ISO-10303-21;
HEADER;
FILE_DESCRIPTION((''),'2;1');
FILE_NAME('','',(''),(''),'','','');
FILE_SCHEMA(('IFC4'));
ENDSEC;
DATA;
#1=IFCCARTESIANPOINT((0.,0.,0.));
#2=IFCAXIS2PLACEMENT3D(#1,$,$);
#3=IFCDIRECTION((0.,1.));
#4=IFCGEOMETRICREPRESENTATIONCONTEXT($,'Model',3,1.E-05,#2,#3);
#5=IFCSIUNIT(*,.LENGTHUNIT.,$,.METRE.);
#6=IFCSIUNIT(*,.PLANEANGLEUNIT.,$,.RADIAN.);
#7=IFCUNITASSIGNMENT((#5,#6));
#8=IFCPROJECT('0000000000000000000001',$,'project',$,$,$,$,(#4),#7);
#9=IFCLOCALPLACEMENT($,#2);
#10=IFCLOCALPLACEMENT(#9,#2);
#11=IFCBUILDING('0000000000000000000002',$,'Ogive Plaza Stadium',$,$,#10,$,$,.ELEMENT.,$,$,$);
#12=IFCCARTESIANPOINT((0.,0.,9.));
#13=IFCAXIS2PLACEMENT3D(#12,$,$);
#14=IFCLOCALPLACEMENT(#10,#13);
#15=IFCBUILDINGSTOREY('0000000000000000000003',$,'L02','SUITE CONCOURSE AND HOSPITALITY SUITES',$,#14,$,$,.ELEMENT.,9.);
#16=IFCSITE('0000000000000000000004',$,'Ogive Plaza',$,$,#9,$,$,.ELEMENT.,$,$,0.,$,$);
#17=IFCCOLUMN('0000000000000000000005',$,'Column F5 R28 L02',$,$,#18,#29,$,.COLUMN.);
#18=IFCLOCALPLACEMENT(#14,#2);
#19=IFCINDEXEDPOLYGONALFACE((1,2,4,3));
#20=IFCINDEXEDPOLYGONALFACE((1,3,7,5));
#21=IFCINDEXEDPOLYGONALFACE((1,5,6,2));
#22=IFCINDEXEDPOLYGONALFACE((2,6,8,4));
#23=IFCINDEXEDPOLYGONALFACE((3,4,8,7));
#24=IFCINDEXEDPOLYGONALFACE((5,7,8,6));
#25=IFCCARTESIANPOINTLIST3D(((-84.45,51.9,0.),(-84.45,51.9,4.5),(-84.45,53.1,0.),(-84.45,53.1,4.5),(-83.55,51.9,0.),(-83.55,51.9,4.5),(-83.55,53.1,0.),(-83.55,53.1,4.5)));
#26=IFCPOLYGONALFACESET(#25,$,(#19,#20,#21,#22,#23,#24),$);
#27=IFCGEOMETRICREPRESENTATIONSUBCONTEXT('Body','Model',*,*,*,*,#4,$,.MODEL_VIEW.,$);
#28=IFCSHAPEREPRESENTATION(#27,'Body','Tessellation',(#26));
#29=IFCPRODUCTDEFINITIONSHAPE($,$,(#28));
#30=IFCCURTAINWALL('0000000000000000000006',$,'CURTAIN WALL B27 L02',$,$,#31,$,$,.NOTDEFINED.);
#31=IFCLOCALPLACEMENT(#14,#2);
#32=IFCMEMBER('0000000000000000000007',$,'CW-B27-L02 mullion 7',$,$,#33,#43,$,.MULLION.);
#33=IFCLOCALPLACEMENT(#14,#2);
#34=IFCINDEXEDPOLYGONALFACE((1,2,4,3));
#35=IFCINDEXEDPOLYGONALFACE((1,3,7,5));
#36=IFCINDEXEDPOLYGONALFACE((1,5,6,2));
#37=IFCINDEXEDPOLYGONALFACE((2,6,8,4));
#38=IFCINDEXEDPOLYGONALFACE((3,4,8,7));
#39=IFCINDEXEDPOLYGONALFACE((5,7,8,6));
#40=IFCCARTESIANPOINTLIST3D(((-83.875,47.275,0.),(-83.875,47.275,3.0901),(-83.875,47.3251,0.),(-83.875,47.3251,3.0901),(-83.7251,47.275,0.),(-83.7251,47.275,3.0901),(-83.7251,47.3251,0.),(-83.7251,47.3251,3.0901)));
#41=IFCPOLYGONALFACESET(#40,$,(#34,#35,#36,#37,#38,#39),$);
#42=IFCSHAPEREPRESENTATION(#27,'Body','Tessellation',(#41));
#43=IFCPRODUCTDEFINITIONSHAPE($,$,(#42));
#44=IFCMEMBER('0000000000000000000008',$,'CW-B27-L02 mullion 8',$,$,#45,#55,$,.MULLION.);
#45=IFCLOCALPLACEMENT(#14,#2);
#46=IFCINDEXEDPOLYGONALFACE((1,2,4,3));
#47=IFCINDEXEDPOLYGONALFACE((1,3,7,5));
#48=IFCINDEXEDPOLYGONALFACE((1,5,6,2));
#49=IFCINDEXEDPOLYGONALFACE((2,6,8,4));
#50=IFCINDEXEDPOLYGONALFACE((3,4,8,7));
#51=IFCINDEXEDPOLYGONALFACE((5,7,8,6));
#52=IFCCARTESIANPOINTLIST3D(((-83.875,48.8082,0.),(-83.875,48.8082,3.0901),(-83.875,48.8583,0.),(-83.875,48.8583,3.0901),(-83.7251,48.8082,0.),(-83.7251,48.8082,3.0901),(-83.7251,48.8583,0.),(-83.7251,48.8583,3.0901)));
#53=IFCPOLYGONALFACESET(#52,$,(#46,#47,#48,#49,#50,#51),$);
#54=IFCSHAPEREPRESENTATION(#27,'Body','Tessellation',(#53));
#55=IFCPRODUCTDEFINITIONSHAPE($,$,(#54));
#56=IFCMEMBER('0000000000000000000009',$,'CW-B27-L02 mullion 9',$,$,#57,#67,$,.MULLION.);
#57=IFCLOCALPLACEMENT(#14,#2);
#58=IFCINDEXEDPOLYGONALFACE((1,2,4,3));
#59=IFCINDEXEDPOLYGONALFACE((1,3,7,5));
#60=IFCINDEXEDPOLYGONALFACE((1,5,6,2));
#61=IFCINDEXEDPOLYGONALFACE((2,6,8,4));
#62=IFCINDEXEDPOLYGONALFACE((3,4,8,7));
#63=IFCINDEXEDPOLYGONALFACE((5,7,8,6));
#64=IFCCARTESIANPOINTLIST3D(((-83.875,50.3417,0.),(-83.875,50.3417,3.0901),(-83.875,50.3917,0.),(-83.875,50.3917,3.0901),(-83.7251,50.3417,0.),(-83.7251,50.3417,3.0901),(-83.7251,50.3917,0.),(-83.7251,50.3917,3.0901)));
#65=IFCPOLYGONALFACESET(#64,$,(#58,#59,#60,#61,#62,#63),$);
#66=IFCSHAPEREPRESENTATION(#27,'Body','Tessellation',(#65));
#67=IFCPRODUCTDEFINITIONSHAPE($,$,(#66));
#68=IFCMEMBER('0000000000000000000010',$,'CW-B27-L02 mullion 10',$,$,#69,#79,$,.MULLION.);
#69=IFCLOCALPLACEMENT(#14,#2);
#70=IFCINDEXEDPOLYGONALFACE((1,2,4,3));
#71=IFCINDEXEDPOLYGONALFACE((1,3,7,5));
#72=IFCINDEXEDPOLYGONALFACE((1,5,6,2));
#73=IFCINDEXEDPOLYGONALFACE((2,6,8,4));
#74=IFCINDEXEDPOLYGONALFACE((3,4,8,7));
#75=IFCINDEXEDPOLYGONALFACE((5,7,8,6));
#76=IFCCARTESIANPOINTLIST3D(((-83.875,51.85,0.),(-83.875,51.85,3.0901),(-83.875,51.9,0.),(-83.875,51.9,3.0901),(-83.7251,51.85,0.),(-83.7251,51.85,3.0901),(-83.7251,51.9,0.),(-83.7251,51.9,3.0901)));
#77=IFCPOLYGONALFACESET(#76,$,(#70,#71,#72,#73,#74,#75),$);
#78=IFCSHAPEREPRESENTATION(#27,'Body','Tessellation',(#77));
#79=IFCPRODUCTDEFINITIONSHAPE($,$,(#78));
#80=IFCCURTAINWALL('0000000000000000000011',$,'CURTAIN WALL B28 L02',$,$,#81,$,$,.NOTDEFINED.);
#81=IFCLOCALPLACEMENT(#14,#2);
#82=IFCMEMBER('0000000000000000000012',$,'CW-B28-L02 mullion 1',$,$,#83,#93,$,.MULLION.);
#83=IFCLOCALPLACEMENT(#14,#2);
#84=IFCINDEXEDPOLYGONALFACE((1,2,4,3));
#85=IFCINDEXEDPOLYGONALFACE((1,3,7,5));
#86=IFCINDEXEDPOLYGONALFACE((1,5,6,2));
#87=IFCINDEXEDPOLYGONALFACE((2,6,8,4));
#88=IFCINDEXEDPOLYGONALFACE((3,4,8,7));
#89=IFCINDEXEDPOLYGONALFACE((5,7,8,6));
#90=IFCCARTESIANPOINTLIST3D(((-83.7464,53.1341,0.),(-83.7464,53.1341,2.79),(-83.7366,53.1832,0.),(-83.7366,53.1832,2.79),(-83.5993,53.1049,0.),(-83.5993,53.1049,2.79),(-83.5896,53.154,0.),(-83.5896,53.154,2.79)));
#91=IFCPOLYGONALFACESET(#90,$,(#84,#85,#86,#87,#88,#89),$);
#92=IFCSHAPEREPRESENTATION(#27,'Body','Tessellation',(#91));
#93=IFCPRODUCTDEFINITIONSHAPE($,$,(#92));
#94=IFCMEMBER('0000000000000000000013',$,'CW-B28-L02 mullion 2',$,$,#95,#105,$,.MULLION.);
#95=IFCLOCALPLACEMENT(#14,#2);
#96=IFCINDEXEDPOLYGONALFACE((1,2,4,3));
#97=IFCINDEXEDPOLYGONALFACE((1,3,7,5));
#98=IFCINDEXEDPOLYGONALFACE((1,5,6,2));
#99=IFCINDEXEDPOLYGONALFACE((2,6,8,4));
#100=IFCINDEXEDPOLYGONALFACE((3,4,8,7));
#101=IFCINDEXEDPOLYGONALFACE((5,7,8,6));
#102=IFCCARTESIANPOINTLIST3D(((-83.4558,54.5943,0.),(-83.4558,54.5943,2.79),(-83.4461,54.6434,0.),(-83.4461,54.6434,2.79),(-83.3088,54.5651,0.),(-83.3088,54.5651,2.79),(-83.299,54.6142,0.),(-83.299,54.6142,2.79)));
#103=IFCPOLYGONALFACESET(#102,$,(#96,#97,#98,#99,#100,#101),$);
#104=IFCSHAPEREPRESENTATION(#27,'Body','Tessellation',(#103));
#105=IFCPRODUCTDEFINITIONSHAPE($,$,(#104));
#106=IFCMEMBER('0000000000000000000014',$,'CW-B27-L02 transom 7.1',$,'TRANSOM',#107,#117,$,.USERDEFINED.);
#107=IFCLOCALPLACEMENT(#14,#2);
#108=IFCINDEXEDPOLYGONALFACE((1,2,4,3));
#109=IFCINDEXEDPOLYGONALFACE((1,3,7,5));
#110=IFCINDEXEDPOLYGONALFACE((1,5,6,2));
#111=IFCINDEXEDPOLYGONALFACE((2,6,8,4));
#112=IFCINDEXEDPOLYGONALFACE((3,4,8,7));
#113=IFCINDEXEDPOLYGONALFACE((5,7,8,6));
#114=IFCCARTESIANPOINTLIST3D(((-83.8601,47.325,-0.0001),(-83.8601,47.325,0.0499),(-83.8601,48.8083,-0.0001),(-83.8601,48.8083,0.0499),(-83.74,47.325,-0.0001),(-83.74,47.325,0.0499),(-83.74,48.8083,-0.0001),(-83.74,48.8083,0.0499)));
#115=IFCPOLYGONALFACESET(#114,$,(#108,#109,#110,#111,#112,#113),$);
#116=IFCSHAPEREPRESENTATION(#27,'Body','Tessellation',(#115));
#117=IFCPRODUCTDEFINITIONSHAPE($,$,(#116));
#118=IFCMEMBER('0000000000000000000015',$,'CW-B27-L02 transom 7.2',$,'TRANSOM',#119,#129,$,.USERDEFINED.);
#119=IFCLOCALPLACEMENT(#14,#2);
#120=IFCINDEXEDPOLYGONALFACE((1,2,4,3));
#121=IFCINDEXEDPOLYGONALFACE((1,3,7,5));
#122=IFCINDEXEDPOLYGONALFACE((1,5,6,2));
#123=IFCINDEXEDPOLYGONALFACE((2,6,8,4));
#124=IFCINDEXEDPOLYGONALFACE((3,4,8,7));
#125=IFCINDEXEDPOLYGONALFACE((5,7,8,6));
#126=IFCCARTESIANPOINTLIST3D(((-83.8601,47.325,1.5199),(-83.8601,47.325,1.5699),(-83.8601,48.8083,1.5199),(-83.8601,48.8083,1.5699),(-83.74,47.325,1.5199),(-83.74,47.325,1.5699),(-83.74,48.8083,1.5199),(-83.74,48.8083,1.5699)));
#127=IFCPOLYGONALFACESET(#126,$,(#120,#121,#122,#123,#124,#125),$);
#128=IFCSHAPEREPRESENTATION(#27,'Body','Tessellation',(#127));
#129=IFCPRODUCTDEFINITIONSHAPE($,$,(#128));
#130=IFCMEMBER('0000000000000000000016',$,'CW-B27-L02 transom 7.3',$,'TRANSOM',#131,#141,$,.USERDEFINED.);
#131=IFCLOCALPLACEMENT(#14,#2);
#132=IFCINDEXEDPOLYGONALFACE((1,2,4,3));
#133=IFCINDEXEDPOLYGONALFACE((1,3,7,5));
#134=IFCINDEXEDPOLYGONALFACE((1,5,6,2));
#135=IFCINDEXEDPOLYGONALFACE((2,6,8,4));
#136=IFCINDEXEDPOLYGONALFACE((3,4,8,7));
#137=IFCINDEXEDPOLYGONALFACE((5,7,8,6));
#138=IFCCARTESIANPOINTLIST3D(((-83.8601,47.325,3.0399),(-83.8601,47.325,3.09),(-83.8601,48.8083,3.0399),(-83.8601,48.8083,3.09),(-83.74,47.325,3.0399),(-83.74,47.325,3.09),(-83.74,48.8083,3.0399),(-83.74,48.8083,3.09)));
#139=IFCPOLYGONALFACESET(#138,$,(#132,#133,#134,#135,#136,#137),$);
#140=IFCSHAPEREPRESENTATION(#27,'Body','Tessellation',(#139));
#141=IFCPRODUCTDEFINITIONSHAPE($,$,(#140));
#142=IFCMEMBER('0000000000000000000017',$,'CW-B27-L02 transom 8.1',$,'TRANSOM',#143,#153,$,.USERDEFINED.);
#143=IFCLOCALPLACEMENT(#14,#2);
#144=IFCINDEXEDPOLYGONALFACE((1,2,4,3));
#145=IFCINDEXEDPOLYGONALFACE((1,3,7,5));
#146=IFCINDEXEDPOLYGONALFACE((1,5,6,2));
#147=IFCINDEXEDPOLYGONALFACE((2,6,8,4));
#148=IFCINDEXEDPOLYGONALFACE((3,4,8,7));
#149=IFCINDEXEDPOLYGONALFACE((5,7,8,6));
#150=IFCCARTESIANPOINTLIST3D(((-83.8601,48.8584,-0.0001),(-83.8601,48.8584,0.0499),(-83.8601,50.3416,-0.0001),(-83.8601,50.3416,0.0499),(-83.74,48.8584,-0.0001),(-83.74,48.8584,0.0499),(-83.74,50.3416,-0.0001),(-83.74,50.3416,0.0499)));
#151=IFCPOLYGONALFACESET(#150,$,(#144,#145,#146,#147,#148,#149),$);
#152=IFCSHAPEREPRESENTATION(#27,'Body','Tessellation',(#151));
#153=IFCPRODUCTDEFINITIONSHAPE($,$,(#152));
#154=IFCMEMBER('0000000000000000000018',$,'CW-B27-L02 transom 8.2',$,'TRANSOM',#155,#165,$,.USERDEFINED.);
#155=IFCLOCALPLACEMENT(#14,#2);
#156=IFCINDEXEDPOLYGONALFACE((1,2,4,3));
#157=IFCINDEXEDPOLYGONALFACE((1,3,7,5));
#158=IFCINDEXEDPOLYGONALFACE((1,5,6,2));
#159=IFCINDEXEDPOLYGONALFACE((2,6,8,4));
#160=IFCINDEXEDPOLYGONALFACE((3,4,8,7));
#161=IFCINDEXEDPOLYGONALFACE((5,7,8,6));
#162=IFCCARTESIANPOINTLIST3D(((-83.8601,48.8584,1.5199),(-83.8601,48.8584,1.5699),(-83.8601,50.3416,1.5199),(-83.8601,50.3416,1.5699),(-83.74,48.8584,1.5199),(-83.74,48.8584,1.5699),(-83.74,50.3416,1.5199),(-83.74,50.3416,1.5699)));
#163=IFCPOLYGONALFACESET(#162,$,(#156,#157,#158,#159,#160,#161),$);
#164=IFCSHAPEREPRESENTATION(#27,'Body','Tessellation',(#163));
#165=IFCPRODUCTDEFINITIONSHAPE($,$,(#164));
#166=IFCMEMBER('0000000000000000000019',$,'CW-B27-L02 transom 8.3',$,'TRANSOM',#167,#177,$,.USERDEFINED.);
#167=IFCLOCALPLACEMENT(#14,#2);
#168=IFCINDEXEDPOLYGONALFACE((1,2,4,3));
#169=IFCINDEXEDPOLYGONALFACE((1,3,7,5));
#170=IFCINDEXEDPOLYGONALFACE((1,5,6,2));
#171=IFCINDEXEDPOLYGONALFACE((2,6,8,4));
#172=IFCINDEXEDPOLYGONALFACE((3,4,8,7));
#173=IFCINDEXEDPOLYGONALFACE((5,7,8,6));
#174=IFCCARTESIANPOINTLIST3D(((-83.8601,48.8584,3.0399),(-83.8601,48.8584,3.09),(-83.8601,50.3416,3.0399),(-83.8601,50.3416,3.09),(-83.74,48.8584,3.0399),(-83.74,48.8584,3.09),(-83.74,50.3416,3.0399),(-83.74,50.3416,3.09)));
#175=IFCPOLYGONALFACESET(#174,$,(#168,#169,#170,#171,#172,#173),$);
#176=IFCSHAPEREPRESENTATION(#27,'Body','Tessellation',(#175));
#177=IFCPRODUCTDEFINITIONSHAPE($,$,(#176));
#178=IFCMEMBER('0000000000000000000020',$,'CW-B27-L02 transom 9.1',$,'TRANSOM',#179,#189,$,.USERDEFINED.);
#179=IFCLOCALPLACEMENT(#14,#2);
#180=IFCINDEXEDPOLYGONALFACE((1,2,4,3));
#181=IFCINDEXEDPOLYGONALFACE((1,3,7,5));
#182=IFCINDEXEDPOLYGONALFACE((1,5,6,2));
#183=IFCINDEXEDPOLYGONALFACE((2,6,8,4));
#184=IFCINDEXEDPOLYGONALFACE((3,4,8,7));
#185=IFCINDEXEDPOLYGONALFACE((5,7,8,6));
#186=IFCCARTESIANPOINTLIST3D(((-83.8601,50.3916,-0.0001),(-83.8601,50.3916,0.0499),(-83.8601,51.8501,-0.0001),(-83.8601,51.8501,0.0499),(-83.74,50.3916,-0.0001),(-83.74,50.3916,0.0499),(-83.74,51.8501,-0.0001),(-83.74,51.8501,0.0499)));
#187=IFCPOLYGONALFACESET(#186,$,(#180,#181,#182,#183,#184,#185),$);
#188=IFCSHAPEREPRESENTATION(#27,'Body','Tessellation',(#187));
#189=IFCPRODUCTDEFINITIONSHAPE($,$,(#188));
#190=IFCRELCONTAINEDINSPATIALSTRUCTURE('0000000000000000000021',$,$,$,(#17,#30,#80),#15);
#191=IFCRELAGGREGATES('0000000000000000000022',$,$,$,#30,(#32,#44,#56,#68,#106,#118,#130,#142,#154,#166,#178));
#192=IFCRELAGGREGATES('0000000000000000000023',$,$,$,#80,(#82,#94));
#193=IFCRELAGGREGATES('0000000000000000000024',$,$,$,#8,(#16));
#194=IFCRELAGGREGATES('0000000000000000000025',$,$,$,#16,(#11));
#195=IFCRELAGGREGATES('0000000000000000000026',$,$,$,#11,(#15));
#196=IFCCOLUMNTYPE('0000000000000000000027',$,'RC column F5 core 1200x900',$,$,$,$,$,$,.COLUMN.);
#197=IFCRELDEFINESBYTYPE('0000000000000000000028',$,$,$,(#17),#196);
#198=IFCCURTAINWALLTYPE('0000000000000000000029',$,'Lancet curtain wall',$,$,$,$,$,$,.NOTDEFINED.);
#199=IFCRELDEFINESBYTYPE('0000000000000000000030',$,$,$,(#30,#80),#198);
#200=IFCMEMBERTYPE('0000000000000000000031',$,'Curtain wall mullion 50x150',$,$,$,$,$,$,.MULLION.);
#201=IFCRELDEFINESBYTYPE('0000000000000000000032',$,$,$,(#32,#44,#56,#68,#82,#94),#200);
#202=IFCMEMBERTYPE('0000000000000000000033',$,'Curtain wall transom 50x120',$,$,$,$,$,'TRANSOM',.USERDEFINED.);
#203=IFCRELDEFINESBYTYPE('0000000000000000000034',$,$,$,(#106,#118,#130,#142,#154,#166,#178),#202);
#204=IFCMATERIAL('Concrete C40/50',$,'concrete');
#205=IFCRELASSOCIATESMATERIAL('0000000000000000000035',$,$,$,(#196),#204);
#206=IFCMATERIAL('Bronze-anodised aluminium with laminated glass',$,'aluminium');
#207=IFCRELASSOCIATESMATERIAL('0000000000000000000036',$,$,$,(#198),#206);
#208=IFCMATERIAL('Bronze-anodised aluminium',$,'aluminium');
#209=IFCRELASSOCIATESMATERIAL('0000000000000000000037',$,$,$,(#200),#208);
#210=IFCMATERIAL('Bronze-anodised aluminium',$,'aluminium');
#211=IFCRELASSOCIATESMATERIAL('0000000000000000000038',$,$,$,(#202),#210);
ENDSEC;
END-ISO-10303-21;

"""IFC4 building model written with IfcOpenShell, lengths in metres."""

from ifc_helpers import new_model, si_unit, direction, frame, origin, origin_2d, place, context, subcontext, project, spatial, rectangle, extrude, material, material_profile, profile_set, type_object, element, aggregate, save


model = new_model("IFC4")

# Units and contexts
model_context = context("Model", 3, precision=1e-05, world=origin(), true_north=direction((0.0, 1.0)))
body_context = subcontext(model_context, "Body", "Model", "MODEL_VIEW")
ifc_project = project(units=[si_unit("LENGTHUNIT", "METRE"), si_unit("PLANEANGLEUNIT", "RADIAN")], contexts=[model_context])

# Site, building, storey
site_placement = place(None, origin())
site = spatial("IfcSite", under=ifc_project, at=site_placement, Name="Ogive Plaza", CompositionType="ELEMENT", RefElevation=0.0)
building_placement = place(site_placement, origin())
building = spatial("IfcBuilding", under=site, at=building_placement, Name="Ogive Plaza Stadium", CompositionType="ELEMENT")
storey_placement = place(building_placement, frame((0.0, 0.0, 9.0)))
storey = spatial("IfcBuildingStorey", under=building, at=storey_placement, Name="L02", Description="SUITE CONCOURSE AND HOSPITALITY SUITES", CompositionType="ELEMENT", Elevation=9.0)

# Column
ifc_material_1 = material(Name="Concrete C40/50", Category="concrete")
ifc_material_profile_1 = material_profile(ifc_material_1, rectangle(XDim=1.2, YDim=0.8999, at=origin_2d()), Name="RC 1200x900")
ifc_profile_set_1 = profile_set([ifc_material_profile_1], Name="Concrete C40/50")
column_type = type_object("IfcColumnType", Name="RC column F5 core 1200x900", PredefinedType="COLUMN", material=ifc_profile_set_1)
column_placement = place(storey_placement, frame((-84.0, 52.5, 0.0), z_axis=(0.0, 0.0, 1.0), x_axis=(0.0, -1.0, 0.0)))
element("IfcColumn", 1, at=column_placement, inside=storey, type_object=column_type, Name="Column F5 R28 L02", PredefinedType="COLUMN", context=body_context, shape_type="SweptSolid", body=[
    extrude(rectangle(XDim=1.2, YDim=0.8999, at=origin_2d()), origin(), (0.0, 0.0, 1.0), 4.5),
])

# Curtain walls, members
ifc_material_2 = material(Name="Bronze-anodised aluminium with laminated glass", Category="aluminium")
curtain_wall_type = type_object("IfcCurtainWallType", Name="Lancet curtain wall", PredefinedType="NOTDEFINED", material=ifc_material_2)
curtain_wall_1_placement = place(storey_placement, origin())
curtain_wall_1 = element("IfcCurtainWall", 2, at=curtain_wall_1_placement, inside=storey, type_object=curtain_wall_type, Name="CURTAIN WALL B27 L02", PredefinedType="NOTDEFINED")
ifc_material_3 = material(Name="Bronze-anodised aluminium", Category="aluminium")
ifc_material_profile_2 = material_profile(ifc_material_3, rectangle(XDim=0.1499, YDim=0.05, at=origin_2d()), Name="AL 150x50")
ifc_profile_set_2 = profile_set([ifc_material_profile_2], Name="Bronze-anodised aluminium")
member_type_1 = type_object("IfcMemberType", Name="Curtain wall mullion 50x150", PredefinedType="MULLION", material=ifc_profile_set_2)
member_1_placement = place(storey_placement, frame((-83.8, 47.3, 0.0), z_axis=(0.0, 0.0, 1.0), x_axis=(-1.0, 0.0, 0.0)))
member_1 = element("IfcMember", 3, at=member_1_placement, type_object=member_type_1, Name="CW-B27-L02 mullion 7", PredefinedType="MULLION", context=body_context, shape_type="SweptSolid", body=[
    extrude(rectangle(XDim=0.1499, YDim=0.05, at=origin_2d()), origin(), (0.0, 0.0, 1.0), 3.0901),
])
member_2_placement = place(storey_placement, frame((-83.8, 48.8333, 0.0), z_axis=(0.0, 0.0, 1.0), x_axis=(-1.0, 0.0, 0.0)))
member_2 = element("IfcMember", 4, at=member_2_placement, type_object=member_type_1, Name="CW-B27-L02 mullion 8", PredefinedType="MULLION", context=body_context, shape_type="SweptSolid", body=[
    extrude(rectangle(XDim=0.1499, YDim=0.05, at=origin_2d()), origin(), (0.0, 0.0, 1.0), 3.0901),
])
member_3_placement = place(storey_placement, frame((-83.8, 50.3667, 0.0), z_axis=(0.0, 0.0, 1.0), x_axis=(-1.0, 0.0, 0.0)))
member_3 = element("IfcMember", 5, at=member_3_placement, type_object=member_type_1, Name="CW-B27-L02 mullion 9", PredefinedType="MULLION", context=body_context, shape_type="SweptSolid", body=[
    extrude(rectangle(XDim=0.1499, YDim=0.05, at=origin_2d()), origin(), (0.0, 0.0, 1.0), 3.0901),
])
member_4_placement = place(storey_placement, frame((-83.8, 51.875, 0.0), z_axis=(0.0, 0.0, 1.0), x_axis=(-1.0, 0.0, 0.0)))
member_4 = element("IfcMember", 6, at=member_4_placement, type_object=member_type_1, Name="CW-B27-L02 mullion 10", PredefinedType="MULLION", context=body_context, shape_type="SweptSolid", body=[
    extrude(rectangle(XDim=0.1499, YDim=0.05, at=origin_2d()), origin(), (0.0, 0.0, 1.0), 3.0901),
])
curtain_wall_2_placement = place(storey_placement, origin())
curtain_wall_2 = element("IfcCurtainWall", 7, at=curtain_wall_2_placement, inside=storey, type_object=curtain_wall_type, Name="CURTAIN WALL B28 L02", PredefinedType="NOTDEFINED")
member_5_placement = place(storey_placement, frame((-83.668, 53.144, 0.0), z_axis=(0.0, 0.0, 1.0), x_axis=(-0.980785, 0.19509, 0.0)))
member_5 = element("IfcMember", 8, at=member_5_placement, type_object=member_type_1, Name="CW-B28-L02 mullion 1", PredefinedType="MULLION", context=body_context, shape_type="SweptSolid", body=[
    extrude(rectangle(XDim=0.1499, YDim=0.05, at=origin_2d()), origin(), (0.0, 0.0, 1.0), 2.79),
])
member_6_placement = place(storey_placement, frame((-83.3774, 54.6042, 0.0), z_axis=(0.0, 0.0, 1.0), x_axis=(-0.980785, 0.19509, 0.0)))
member_6 = element("IfcMember", 9, at=member_6_placement, type_object=member_type_1, Name="CW-B28-L02 mullion 2", PredefinedType="MULLION", context=body_context, shape_type="SweptSolid", body=[
    extrude(rectangle(XDim=0.1499, YDim=0.05, at=origin_2d()), origin(), (0.0, 0.0, 1.0), 2.79),
])

# Members
ifc_material_4 = material(Name="Bronze-anodised aluminium", Category="aluminium")
ifc_material_profile_3 = material_profile(ifc_material_4, rectangle(XDim=0.1201, YDim=0.05, at=origin_2d()), Name="AL 120x50")
ifc_profile_set_3 = profile_set([ifc_material_profile_3], Name="Bronze-anodised aluminium")
member_type_2 = type_object("IfcMemberType", Name="Curtain wall transom 50x120", ElementType="TRANSOM", PredefinedType="USERDEFINED", material=ifc_profile_set_3)
member_7_placement = place(storey_placement, frame((-83.8, 47.325, 0.0249), z_axis=(0.0, 1.0, 0.0), x_axis=(-1.0, 0.0, 0.0)))
member_7 = element("IfcMember", 10, at=member_7_placement, type_object=member_type_2, Name="CW-B27-L02 transom 7.1", ObjectType="TRANSOM", PredefinedType="USERDEFINED", context=body_context, shape_type="SweptSolid", body=[
    extrude(rectangle(XDim=0.1201, YDim=0.05, at=origin_2d()), origin(), (0.0, 0.0, 1.0), 1.4834),
])
member_8_placement = place(storey_placement, frame((-83.8, 47.325, 1.5449), z_axis=(0.0, 1.0, 0.0), x_axis=(-1.0, 0.0, 0.0)))
member_8 = element("IfcMember", 11, at=member_8_placement, type_object=member_type_2, Name="CW-B27-L02 transom 7.2", ObjectType="TRANSOM", PredefinedType="USERDEFINED", context=body_context, shape_type="SweptSolid", body=[
    extrude(rectangle(XDim=0.1201, YDim=0.05, at=origin_2d()), origin(), (0.0, 0.0, 1.0), 1.4834),
])
member_9_placement = place(storey_placement, frame((-83.8, 47.325, 3.0649), z_axis=(0.0, 1.0, 0.0), x_axis=(-1.0, 0.0, 0.0)))
member_9 = element("IfcMember", 12, at=member_9_placement, type_object=member_type_2, Name="CW-B27-L02 transom 7.3", ObjectType="TRANSOM", PredefinedType="USERDEFINED", context=body_context, shape_type="SweptSolid", body=[
    extrude(rectangle(XDim=0.1201, YDim=0.05, at=origin_2d()), origin(), (0.0, 0.0, 1.0), 1.4834),
])
member_10_placement = place(storey_placement, frame((-83.8, 48.8584, 0.0249), z_axis=(0.0, 1.0, 0.0), x_axis=(-1.0, 0.0, 0.0)))
member_10 = element("IfcMember", 13, at=member_10_placement, type_object=member_type_2, Name="CW-B27-L02 transom 8.1", ObjectType="TRANSOM", PredefinedType="USERDEFINED", context=body_context, shape_type="SweptSolid", body=[
    extrude(rectangle(XDim=0.1201, YDim=0.05, at=origin_2d()), origin(), (0.0, 0.0, 1.0), 1.4832),
])
member_11_placement = place(storey_placement, frame((-83.8, 48.8584, 1.5449), z_axis=(0.0, 1.0, 0.0), x_axis=(-1.0, 0.0, 0.0)))
member_11 = element("IfcMember", 14, at=member_11_placement, type_object=member_type_2, Name="CW-B27-L02 transom 8.2", ObjectType="TRANSOM", PredefinedType="USERDEFINED", context=body_context, shape_type="SweptSolid", body=[
    extrude(rectangle(XDim=0.1201, YDim=0.05, at=origin_2d()), origin(), (0.0, 0.0, 1.0), 1.4832),
])
member_12_placement = place(storey_placement, frame((-83.8, 48.8584, 3.0649), z_axis=(0.0, 1.0, 0.0), x_axis=(-1.0, 0.0, 0.0)))
member_12 = element("IfcMember", 15, at=member_12_placement, type_object=member_type_2, Name="CW-B27-L02 transom 8.3", ObjectType="TRANSOM", PredefinedType="USERDEFINED", context=body_context, shape_type="SweptSolid", body=[
    extrude(rectangle(XDim=0.1201, YDim=0.05, at=origin_2d()), origin(), (0.0, 0.0, 1.0), 1.4832),
])
member_13_placement = place(storey_placement, frame((-83.8, 50.3916, 0.0249), z_axis=(0.0, 1.0, 0.0), x_axis=(-1.0, 0.0, 0.0)))
member_13 = element("IfcMember", 16, at=member_13_placement, type_object=member_type_2, Name="CW-B27-L02 transom 9.1", ObjectType="TRANSOM", PredefinedType="USERDEFINED", context=body_context, shape_type="SweptSolid", body=[
    extrude(rectangle(XDim=0.1201, YDim=0.05, at=origin_2d()), origin(), (0.0, 0.0, 1.0), 1.4585),
])

aggregate(curtain_wall_1, [member_1, member_2, member_3, member_4, member_7, member_8, member_9, member_10, member_11, member_12, member_13])
aggregate(curtain_wall_2, [member_5, member_6])

save(model, "model.ifc")
